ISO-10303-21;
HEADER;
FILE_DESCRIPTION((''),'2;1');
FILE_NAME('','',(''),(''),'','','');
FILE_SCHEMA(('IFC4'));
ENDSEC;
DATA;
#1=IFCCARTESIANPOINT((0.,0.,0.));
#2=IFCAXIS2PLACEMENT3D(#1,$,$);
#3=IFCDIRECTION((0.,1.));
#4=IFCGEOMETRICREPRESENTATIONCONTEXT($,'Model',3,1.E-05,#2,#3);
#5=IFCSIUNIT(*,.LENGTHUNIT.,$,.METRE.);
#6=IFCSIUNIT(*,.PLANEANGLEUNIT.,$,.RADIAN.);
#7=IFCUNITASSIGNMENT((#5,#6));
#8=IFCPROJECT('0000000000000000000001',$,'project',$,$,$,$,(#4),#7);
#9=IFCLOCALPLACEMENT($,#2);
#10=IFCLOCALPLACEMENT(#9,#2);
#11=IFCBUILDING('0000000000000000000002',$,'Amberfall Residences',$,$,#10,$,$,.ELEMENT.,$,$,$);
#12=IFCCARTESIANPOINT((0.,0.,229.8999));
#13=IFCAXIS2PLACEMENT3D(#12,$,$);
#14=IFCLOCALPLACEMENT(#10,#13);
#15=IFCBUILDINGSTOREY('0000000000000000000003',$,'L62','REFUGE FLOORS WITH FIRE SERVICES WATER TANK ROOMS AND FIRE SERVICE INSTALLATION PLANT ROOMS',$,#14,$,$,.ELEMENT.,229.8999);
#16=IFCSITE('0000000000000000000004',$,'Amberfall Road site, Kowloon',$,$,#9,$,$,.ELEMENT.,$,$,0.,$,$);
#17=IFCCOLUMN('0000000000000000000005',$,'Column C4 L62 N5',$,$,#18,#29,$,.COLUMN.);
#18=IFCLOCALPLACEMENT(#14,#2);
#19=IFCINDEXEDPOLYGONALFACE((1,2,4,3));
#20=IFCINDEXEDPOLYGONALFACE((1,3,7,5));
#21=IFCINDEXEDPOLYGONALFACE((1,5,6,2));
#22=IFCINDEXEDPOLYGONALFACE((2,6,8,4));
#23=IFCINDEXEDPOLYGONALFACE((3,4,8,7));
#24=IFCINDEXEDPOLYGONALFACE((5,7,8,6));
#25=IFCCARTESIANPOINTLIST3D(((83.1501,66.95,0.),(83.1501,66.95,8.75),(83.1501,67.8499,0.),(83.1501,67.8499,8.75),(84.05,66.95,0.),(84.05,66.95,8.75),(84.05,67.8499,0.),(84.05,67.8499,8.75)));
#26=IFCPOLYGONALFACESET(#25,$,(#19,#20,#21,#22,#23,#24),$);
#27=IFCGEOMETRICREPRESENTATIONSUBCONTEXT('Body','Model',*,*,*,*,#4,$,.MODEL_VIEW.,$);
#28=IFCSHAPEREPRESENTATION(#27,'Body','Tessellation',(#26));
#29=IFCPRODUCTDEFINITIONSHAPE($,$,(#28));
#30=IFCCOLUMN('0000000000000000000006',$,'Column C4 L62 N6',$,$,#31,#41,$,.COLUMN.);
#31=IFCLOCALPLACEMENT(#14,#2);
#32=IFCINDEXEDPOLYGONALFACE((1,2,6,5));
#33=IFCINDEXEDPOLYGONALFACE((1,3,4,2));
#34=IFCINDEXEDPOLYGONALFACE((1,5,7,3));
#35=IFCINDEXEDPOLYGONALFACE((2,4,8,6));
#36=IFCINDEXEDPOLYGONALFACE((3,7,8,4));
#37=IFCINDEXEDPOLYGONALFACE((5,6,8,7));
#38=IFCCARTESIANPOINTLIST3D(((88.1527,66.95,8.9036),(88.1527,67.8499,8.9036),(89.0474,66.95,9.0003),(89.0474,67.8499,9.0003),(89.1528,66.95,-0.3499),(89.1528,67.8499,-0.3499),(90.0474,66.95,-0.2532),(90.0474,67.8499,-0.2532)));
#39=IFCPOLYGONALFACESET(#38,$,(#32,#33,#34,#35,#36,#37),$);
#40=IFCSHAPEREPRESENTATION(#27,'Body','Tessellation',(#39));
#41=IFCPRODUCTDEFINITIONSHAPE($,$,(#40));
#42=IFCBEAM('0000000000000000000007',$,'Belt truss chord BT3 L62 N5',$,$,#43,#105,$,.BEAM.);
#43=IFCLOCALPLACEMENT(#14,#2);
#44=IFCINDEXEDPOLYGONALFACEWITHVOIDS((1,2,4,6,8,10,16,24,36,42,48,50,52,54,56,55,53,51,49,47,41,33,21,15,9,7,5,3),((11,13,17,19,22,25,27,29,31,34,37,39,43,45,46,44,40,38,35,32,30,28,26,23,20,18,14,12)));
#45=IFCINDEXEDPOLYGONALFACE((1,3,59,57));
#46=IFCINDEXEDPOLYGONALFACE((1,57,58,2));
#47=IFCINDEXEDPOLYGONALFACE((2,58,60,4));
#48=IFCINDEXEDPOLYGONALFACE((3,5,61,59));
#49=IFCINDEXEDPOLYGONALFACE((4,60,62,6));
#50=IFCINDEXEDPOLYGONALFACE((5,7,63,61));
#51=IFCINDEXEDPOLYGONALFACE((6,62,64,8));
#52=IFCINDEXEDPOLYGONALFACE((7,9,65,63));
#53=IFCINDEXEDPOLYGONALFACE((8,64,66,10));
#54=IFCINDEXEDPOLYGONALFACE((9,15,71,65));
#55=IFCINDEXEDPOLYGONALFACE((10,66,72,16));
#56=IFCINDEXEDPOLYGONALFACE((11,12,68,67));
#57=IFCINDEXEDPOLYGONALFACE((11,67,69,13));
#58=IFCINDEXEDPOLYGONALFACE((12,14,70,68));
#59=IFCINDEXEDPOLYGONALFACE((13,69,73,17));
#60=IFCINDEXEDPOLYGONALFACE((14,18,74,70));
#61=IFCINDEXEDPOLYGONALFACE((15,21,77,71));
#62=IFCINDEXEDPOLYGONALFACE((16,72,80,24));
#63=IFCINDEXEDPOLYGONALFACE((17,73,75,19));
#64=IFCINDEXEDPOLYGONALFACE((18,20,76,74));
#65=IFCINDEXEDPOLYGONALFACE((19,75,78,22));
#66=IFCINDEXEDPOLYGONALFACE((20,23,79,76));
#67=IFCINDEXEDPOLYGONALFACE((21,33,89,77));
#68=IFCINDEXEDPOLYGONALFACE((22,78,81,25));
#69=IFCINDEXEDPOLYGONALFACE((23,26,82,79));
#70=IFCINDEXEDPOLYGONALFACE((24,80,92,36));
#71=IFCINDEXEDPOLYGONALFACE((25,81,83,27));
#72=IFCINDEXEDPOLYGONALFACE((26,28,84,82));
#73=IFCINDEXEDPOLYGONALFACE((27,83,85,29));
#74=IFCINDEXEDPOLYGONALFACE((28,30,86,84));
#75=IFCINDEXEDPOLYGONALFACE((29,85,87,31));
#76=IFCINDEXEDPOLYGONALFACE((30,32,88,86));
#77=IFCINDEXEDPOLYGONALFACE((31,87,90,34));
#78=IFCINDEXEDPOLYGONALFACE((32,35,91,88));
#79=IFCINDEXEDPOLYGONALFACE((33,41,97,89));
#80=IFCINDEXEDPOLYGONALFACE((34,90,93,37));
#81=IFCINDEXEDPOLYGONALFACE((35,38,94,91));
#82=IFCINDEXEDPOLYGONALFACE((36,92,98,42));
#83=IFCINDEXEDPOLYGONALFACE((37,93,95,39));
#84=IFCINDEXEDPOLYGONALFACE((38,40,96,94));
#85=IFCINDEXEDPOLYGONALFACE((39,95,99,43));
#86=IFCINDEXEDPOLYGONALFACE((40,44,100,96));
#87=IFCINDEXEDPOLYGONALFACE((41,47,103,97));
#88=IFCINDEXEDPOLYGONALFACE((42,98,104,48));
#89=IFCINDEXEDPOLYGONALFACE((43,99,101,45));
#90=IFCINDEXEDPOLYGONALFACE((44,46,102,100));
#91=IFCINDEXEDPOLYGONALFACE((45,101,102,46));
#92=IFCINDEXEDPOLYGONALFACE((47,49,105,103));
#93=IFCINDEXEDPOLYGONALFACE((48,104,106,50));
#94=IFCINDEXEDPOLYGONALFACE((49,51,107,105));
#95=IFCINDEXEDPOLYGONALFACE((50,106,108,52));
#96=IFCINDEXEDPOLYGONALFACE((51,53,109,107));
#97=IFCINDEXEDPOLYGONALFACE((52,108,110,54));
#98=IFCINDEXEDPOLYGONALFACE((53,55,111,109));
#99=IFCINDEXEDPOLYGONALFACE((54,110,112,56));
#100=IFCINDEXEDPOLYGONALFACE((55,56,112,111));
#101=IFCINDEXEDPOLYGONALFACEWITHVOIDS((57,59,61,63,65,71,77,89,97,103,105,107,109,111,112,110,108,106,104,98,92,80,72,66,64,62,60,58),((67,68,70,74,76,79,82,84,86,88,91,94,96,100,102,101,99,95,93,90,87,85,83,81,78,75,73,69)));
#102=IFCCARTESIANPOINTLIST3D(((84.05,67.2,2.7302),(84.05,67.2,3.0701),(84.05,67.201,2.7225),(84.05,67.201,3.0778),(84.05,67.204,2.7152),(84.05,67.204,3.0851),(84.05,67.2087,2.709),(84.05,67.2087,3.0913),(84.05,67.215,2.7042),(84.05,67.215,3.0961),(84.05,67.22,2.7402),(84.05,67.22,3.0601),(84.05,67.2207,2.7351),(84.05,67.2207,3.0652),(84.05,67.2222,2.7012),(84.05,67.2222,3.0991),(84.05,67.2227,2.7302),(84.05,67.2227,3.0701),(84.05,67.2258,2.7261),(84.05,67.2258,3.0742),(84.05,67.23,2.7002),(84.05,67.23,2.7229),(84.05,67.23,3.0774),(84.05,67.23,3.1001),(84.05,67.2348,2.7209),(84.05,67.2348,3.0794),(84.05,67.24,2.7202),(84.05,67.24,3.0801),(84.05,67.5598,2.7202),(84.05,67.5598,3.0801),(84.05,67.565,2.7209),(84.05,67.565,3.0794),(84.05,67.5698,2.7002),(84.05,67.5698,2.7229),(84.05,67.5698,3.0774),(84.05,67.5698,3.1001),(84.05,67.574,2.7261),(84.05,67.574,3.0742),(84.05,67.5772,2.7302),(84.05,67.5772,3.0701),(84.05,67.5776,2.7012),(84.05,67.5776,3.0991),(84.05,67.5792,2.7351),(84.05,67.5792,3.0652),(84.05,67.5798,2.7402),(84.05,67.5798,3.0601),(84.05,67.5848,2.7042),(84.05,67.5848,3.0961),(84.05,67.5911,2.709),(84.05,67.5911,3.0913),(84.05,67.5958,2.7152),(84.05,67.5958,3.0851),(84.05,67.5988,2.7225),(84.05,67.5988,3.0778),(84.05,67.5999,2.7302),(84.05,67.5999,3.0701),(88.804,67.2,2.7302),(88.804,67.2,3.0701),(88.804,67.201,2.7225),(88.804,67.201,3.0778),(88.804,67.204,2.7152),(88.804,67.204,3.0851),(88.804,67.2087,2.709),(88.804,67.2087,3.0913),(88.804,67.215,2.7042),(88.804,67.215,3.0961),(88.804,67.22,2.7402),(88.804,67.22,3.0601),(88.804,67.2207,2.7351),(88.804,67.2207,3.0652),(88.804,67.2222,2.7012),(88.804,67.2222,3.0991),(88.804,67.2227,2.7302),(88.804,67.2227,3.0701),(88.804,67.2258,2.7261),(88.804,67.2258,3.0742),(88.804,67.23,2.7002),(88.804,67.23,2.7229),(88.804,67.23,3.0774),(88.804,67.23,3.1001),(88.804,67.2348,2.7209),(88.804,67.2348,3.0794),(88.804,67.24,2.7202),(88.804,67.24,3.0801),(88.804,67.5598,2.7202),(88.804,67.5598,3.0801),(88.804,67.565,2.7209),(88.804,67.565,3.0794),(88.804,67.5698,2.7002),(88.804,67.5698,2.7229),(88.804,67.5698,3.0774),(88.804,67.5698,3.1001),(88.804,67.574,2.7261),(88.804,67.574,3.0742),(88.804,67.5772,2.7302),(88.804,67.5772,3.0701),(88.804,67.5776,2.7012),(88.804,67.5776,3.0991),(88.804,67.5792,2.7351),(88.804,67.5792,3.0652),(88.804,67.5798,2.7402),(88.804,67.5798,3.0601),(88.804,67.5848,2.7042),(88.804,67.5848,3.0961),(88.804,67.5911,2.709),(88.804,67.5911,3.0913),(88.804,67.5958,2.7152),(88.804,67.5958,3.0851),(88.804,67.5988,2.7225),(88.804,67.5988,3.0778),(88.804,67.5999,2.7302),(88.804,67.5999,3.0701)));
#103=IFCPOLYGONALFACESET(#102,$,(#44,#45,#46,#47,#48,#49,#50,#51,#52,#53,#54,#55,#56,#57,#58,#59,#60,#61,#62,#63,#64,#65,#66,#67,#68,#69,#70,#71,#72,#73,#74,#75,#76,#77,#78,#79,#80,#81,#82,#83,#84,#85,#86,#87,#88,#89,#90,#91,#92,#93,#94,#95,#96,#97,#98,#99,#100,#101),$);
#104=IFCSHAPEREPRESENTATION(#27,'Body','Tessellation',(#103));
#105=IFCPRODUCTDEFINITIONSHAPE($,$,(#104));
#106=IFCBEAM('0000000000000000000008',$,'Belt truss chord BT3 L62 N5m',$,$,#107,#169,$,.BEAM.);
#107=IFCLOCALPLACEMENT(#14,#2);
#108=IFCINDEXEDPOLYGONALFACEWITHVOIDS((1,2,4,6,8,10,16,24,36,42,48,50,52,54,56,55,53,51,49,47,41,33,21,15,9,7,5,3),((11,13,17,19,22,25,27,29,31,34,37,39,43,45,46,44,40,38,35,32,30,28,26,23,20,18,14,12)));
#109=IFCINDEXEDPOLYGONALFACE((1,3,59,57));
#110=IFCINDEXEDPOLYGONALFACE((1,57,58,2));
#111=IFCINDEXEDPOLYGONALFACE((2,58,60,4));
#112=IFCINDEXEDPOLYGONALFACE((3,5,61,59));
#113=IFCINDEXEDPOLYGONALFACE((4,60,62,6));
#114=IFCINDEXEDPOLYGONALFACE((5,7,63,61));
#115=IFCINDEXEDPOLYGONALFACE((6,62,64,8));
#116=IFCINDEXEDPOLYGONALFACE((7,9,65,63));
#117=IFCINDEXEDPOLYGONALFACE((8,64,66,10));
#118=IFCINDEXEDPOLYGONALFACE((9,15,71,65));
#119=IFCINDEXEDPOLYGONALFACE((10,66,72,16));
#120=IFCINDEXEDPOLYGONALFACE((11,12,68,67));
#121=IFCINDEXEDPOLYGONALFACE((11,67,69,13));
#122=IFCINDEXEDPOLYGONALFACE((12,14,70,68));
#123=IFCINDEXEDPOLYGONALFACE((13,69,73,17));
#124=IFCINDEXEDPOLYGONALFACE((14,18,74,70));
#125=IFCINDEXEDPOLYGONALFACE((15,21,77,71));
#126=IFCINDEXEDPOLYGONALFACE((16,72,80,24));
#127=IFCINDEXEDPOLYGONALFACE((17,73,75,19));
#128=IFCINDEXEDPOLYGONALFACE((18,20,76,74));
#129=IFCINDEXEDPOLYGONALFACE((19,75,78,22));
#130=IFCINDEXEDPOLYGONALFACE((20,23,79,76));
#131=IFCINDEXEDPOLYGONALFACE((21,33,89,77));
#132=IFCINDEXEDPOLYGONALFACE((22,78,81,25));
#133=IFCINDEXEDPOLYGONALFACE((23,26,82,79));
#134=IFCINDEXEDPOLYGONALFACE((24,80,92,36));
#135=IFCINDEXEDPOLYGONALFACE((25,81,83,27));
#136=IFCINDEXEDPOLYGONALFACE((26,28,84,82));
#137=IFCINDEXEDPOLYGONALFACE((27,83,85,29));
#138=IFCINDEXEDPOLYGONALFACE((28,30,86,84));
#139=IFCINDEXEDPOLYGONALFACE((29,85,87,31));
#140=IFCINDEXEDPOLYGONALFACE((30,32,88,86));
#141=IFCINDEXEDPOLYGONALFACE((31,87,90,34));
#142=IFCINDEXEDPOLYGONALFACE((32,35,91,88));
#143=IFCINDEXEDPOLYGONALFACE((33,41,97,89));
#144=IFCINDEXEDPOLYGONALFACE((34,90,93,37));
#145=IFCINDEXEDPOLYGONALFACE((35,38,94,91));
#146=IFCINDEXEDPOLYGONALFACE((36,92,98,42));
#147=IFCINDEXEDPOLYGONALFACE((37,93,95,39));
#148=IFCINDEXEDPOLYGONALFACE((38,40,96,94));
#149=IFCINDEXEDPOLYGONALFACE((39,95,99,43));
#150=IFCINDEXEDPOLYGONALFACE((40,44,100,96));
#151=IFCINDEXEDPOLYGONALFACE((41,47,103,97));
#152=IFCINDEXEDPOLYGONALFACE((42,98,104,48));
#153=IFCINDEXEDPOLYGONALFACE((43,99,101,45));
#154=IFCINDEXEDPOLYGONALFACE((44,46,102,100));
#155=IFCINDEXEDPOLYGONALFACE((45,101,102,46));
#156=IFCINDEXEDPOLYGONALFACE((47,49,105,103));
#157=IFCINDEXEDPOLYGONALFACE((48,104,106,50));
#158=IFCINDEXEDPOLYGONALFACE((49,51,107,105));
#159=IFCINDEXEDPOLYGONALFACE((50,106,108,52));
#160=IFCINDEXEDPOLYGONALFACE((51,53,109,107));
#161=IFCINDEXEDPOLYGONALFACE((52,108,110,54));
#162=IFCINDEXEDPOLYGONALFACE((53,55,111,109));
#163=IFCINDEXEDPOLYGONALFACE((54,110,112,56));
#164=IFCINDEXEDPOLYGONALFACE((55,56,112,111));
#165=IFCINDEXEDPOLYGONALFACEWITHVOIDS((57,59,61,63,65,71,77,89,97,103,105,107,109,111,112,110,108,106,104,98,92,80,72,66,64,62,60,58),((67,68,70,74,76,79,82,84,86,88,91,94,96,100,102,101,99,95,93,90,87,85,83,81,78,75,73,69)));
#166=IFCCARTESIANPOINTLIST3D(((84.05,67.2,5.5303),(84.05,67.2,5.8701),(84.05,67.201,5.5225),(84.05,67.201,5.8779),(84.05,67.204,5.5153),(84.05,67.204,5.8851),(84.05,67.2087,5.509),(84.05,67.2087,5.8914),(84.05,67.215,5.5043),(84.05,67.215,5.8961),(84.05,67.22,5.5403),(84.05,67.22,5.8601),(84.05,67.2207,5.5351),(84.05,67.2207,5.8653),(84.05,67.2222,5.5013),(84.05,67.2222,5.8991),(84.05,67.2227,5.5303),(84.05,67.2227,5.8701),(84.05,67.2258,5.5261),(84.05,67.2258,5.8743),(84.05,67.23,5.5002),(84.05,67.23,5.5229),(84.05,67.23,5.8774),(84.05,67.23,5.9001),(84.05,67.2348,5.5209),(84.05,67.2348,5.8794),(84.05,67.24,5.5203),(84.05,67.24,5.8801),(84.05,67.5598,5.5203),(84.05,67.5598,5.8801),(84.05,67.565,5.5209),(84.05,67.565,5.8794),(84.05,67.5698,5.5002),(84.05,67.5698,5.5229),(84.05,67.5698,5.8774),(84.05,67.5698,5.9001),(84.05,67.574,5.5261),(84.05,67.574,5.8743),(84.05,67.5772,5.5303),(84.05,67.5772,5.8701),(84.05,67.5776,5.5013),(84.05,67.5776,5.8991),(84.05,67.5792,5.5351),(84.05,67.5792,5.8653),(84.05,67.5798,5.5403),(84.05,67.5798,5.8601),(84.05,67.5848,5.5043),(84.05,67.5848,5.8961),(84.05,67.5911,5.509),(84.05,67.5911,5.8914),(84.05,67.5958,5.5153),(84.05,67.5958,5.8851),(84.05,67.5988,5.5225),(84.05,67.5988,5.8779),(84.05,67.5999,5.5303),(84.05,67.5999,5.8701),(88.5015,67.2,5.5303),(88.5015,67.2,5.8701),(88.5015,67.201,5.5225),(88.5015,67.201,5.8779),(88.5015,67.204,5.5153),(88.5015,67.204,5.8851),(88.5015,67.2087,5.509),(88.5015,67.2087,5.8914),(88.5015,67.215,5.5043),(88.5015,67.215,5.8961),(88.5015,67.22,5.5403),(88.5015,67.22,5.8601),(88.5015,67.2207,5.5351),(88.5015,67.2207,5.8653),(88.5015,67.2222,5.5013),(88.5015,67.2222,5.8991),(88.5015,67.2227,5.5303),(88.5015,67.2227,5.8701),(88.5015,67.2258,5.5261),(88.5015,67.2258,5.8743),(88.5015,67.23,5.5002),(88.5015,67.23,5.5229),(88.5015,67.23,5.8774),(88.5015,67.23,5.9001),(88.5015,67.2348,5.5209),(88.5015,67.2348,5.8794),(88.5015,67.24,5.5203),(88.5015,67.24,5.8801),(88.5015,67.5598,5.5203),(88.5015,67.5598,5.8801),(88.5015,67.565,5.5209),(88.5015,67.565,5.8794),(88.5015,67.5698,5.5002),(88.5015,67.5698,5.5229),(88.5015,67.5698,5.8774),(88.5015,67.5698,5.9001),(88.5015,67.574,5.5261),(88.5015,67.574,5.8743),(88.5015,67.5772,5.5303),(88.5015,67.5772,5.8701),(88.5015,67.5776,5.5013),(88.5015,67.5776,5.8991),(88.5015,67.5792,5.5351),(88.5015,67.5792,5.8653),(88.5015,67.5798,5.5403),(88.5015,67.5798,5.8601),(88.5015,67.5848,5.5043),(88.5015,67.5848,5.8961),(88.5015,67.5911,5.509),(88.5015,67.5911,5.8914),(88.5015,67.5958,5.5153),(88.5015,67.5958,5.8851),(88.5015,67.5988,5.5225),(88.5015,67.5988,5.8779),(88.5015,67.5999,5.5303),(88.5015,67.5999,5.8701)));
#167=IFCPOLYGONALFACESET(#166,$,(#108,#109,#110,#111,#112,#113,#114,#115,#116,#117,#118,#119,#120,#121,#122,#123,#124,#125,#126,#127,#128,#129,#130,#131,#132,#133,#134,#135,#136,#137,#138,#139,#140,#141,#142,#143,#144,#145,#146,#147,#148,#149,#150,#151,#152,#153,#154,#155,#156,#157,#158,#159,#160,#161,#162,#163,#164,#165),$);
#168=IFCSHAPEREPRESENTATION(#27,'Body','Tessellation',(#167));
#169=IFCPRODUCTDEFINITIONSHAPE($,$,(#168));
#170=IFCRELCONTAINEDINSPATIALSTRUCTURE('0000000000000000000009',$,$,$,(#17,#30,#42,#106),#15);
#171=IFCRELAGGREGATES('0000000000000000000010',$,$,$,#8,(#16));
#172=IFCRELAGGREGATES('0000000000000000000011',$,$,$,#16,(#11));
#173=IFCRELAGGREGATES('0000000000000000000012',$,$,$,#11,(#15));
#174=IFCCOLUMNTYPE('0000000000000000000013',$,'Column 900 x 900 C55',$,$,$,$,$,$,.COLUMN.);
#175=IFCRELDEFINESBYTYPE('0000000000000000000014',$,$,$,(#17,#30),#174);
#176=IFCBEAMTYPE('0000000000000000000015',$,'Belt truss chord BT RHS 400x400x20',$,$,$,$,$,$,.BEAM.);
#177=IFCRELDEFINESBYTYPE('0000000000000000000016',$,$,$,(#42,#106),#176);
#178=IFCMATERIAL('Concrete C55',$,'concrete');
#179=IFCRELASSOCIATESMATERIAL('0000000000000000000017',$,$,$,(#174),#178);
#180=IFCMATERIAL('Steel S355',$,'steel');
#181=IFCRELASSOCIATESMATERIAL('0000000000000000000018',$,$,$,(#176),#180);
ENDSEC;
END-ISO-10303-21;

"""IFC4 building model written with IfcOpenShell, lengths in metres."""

from ifc_helpers import new_model, si_unit, direction, frame, origin, origin_2d, place, context, subcontext, project, spatial, rectangle, hollow_rectangle, extrude, material, material_profile, profile_set, type_object, element, save


model = new_model("IFC4")

# Units and contexts
model_context = context("Model", 3, precision=1e-05, world=origin(), true_north=direction((0.0, 1.0)))
body_context = subcontext(model_context, "Body", "Model", "MODEL_VIEW")
ifc_project = project(units=[si_unit("LENGTHUNIT", "METRE"), si_unit("PLANEANGLEUNIT", "RADIAN")], contexts=[model_context])

# Site, building, storey
site_placement = place(None, origin())
site = spatial("IfcSite", under=ifc_project, at=site_placement, Name="Amberfall Road site, Kowloon", CompositionType="ELEMENT", RefElevation=0.0)
building_placement = place(site_placement, origin())
building = spatial("IfcBuilding", under=site, at=building_placement, Name="Amberfall Residences", CompositionType="ELEMENT")
storey_placement = place(building_placement, frame((0.0, 0.0, 229.8999)))
storey = spatial("IfcBuildingStorey", under=building, at=storey_placement, Name="L62", Description="REFUGE FLOORS WITH FIRE SERVICES WATER TANK ROOMS AND FIRE SERVICE INSTALLATION PLANT ROOMS", CompositionType="ELEMENT", Elevation=229.8999)

# Columns
ifc_material_1 = material(Name="Concrete C55", Category="concrete")
ifc_material_profile_1 = material_profile(ifc_material_1, rectangle(XDim=0.8999, YDim=0.8999, at=origin_2d()), Name="Column 900 x 900 C55")
ifc_profile_set_1 = profile_set([ifc_material_profile_1], Name="Concrete C55")
column_type = type_object("IfcColumnType", Name="Column 900 x 900 C55", PredefinedType="COLUMN", material=ifc_profile_set_1)
column_1_placement = place(storey_placement, frame((83.6001, 67.3999, 0.0), z_axis=(0.0, 0.0, 1.0), x_axis=(1.0, 0.0, 0.0)))
element("IfcColumn", 1, at=column_1_placement, inside=storey, type_object=column_type, Name="Column C4 L62 N5", PredefinedType="COLUMN", context=body_context, shape_type="SweptSolid", body=[
    extrude(rectangle(XDim=0.8999, YDim=0.8999, at=origin_2d()), origin(), (0.0, 0.0, 1.0), 8.75),
])
column_2_placement = place(storey_placement, frame((89.6001, 67.3999, -0.3015), z_axis=(-0.107443, 0.0, 0.994211), x_axis=(0.0, -1.0, 0.0)))
element("IfcColumn", 2, at=column_2_placement, inside=storey, type_object=column_type, Name="Column C4 L62 N6", PredefinedType="COLUMN", context=body_context, shape_type="SweptSolid", body=[
    extrude(rectangle(XDim=0.8999, YDim=0.8999, at=origin_2d()), origin(), (0.0, 0.0, 1.0), 9.3074),
])

# Beams
ifc_material_2 = material(Name="Steel S355", Category="steel")
ifc_material_profile_2 = material_profile(ifc_material_2, hollow_rectangle(XDim=0.3999, YDim=0.3999, WallThickness=0.02, InnerFilletRadius=0.02, OuterFilletRadius=0.03, at=origin_2d()), Name="RHS 400x400x20")
ifc_profile_set_2 = profile_set([ifc_material_profile_2], Name="Steel S355")
beam_type_1 = type_object("IfcBeamType", Name="Belt truss chord BT RHS 400x400x20", PredefinedType="BEAM", material=ifc_profile_set_2)
beam_1_placement = place(storey_placement, frame((84.05, 67.3999, 2.9001), z_axis=(1.0, 0.0, 0.0), x_axis=(0.0, 1.0, 0.0)))
element("IfcBeam", 3, at=beam_1_placement, inside=storey, type_object=beam_type_1, Name="Belt truss chord BT3 L62 N5", PredefinedType="BEAM", context=body_context, shape_type="SweptSolid", body=[
    extrude(hollow_rectangle(XDim=0.3999, YDim=0.3999, WallThickness=0.02, InnerFilletRadius=0.02, OuterFilletRadius=0.03, at=origin_2d()), origin(), (0.0, 0.0, 1.0), 4.7539),
])
beam_2_placement = place(storey_placement, frame((84.05, 67.3999, 5.7002), z_axis=(1.0, 0.0, 0.0), x_axis=(0.0, 1.0, 0.0)))
element("IfcBeam", 4, at=beam_2_placement, inside=storey, type_object=beam_type_1, Name="Belt truss chord BT3 L62 N5m", PredefinedType="BEAM", context=body_context, shape_type="SweptSolid", body=[
    extrude(hollow_rectangle(XDim=0.3999, YDim=0.3999, WallThickness=0.02, InnerFilletRadius=0.02, OuterFilletRadius=0.03, at=origin_2d()), origin(), (0.0, 0.0, 1.0), 4.4514),
])

save(model, "model.ifc")
